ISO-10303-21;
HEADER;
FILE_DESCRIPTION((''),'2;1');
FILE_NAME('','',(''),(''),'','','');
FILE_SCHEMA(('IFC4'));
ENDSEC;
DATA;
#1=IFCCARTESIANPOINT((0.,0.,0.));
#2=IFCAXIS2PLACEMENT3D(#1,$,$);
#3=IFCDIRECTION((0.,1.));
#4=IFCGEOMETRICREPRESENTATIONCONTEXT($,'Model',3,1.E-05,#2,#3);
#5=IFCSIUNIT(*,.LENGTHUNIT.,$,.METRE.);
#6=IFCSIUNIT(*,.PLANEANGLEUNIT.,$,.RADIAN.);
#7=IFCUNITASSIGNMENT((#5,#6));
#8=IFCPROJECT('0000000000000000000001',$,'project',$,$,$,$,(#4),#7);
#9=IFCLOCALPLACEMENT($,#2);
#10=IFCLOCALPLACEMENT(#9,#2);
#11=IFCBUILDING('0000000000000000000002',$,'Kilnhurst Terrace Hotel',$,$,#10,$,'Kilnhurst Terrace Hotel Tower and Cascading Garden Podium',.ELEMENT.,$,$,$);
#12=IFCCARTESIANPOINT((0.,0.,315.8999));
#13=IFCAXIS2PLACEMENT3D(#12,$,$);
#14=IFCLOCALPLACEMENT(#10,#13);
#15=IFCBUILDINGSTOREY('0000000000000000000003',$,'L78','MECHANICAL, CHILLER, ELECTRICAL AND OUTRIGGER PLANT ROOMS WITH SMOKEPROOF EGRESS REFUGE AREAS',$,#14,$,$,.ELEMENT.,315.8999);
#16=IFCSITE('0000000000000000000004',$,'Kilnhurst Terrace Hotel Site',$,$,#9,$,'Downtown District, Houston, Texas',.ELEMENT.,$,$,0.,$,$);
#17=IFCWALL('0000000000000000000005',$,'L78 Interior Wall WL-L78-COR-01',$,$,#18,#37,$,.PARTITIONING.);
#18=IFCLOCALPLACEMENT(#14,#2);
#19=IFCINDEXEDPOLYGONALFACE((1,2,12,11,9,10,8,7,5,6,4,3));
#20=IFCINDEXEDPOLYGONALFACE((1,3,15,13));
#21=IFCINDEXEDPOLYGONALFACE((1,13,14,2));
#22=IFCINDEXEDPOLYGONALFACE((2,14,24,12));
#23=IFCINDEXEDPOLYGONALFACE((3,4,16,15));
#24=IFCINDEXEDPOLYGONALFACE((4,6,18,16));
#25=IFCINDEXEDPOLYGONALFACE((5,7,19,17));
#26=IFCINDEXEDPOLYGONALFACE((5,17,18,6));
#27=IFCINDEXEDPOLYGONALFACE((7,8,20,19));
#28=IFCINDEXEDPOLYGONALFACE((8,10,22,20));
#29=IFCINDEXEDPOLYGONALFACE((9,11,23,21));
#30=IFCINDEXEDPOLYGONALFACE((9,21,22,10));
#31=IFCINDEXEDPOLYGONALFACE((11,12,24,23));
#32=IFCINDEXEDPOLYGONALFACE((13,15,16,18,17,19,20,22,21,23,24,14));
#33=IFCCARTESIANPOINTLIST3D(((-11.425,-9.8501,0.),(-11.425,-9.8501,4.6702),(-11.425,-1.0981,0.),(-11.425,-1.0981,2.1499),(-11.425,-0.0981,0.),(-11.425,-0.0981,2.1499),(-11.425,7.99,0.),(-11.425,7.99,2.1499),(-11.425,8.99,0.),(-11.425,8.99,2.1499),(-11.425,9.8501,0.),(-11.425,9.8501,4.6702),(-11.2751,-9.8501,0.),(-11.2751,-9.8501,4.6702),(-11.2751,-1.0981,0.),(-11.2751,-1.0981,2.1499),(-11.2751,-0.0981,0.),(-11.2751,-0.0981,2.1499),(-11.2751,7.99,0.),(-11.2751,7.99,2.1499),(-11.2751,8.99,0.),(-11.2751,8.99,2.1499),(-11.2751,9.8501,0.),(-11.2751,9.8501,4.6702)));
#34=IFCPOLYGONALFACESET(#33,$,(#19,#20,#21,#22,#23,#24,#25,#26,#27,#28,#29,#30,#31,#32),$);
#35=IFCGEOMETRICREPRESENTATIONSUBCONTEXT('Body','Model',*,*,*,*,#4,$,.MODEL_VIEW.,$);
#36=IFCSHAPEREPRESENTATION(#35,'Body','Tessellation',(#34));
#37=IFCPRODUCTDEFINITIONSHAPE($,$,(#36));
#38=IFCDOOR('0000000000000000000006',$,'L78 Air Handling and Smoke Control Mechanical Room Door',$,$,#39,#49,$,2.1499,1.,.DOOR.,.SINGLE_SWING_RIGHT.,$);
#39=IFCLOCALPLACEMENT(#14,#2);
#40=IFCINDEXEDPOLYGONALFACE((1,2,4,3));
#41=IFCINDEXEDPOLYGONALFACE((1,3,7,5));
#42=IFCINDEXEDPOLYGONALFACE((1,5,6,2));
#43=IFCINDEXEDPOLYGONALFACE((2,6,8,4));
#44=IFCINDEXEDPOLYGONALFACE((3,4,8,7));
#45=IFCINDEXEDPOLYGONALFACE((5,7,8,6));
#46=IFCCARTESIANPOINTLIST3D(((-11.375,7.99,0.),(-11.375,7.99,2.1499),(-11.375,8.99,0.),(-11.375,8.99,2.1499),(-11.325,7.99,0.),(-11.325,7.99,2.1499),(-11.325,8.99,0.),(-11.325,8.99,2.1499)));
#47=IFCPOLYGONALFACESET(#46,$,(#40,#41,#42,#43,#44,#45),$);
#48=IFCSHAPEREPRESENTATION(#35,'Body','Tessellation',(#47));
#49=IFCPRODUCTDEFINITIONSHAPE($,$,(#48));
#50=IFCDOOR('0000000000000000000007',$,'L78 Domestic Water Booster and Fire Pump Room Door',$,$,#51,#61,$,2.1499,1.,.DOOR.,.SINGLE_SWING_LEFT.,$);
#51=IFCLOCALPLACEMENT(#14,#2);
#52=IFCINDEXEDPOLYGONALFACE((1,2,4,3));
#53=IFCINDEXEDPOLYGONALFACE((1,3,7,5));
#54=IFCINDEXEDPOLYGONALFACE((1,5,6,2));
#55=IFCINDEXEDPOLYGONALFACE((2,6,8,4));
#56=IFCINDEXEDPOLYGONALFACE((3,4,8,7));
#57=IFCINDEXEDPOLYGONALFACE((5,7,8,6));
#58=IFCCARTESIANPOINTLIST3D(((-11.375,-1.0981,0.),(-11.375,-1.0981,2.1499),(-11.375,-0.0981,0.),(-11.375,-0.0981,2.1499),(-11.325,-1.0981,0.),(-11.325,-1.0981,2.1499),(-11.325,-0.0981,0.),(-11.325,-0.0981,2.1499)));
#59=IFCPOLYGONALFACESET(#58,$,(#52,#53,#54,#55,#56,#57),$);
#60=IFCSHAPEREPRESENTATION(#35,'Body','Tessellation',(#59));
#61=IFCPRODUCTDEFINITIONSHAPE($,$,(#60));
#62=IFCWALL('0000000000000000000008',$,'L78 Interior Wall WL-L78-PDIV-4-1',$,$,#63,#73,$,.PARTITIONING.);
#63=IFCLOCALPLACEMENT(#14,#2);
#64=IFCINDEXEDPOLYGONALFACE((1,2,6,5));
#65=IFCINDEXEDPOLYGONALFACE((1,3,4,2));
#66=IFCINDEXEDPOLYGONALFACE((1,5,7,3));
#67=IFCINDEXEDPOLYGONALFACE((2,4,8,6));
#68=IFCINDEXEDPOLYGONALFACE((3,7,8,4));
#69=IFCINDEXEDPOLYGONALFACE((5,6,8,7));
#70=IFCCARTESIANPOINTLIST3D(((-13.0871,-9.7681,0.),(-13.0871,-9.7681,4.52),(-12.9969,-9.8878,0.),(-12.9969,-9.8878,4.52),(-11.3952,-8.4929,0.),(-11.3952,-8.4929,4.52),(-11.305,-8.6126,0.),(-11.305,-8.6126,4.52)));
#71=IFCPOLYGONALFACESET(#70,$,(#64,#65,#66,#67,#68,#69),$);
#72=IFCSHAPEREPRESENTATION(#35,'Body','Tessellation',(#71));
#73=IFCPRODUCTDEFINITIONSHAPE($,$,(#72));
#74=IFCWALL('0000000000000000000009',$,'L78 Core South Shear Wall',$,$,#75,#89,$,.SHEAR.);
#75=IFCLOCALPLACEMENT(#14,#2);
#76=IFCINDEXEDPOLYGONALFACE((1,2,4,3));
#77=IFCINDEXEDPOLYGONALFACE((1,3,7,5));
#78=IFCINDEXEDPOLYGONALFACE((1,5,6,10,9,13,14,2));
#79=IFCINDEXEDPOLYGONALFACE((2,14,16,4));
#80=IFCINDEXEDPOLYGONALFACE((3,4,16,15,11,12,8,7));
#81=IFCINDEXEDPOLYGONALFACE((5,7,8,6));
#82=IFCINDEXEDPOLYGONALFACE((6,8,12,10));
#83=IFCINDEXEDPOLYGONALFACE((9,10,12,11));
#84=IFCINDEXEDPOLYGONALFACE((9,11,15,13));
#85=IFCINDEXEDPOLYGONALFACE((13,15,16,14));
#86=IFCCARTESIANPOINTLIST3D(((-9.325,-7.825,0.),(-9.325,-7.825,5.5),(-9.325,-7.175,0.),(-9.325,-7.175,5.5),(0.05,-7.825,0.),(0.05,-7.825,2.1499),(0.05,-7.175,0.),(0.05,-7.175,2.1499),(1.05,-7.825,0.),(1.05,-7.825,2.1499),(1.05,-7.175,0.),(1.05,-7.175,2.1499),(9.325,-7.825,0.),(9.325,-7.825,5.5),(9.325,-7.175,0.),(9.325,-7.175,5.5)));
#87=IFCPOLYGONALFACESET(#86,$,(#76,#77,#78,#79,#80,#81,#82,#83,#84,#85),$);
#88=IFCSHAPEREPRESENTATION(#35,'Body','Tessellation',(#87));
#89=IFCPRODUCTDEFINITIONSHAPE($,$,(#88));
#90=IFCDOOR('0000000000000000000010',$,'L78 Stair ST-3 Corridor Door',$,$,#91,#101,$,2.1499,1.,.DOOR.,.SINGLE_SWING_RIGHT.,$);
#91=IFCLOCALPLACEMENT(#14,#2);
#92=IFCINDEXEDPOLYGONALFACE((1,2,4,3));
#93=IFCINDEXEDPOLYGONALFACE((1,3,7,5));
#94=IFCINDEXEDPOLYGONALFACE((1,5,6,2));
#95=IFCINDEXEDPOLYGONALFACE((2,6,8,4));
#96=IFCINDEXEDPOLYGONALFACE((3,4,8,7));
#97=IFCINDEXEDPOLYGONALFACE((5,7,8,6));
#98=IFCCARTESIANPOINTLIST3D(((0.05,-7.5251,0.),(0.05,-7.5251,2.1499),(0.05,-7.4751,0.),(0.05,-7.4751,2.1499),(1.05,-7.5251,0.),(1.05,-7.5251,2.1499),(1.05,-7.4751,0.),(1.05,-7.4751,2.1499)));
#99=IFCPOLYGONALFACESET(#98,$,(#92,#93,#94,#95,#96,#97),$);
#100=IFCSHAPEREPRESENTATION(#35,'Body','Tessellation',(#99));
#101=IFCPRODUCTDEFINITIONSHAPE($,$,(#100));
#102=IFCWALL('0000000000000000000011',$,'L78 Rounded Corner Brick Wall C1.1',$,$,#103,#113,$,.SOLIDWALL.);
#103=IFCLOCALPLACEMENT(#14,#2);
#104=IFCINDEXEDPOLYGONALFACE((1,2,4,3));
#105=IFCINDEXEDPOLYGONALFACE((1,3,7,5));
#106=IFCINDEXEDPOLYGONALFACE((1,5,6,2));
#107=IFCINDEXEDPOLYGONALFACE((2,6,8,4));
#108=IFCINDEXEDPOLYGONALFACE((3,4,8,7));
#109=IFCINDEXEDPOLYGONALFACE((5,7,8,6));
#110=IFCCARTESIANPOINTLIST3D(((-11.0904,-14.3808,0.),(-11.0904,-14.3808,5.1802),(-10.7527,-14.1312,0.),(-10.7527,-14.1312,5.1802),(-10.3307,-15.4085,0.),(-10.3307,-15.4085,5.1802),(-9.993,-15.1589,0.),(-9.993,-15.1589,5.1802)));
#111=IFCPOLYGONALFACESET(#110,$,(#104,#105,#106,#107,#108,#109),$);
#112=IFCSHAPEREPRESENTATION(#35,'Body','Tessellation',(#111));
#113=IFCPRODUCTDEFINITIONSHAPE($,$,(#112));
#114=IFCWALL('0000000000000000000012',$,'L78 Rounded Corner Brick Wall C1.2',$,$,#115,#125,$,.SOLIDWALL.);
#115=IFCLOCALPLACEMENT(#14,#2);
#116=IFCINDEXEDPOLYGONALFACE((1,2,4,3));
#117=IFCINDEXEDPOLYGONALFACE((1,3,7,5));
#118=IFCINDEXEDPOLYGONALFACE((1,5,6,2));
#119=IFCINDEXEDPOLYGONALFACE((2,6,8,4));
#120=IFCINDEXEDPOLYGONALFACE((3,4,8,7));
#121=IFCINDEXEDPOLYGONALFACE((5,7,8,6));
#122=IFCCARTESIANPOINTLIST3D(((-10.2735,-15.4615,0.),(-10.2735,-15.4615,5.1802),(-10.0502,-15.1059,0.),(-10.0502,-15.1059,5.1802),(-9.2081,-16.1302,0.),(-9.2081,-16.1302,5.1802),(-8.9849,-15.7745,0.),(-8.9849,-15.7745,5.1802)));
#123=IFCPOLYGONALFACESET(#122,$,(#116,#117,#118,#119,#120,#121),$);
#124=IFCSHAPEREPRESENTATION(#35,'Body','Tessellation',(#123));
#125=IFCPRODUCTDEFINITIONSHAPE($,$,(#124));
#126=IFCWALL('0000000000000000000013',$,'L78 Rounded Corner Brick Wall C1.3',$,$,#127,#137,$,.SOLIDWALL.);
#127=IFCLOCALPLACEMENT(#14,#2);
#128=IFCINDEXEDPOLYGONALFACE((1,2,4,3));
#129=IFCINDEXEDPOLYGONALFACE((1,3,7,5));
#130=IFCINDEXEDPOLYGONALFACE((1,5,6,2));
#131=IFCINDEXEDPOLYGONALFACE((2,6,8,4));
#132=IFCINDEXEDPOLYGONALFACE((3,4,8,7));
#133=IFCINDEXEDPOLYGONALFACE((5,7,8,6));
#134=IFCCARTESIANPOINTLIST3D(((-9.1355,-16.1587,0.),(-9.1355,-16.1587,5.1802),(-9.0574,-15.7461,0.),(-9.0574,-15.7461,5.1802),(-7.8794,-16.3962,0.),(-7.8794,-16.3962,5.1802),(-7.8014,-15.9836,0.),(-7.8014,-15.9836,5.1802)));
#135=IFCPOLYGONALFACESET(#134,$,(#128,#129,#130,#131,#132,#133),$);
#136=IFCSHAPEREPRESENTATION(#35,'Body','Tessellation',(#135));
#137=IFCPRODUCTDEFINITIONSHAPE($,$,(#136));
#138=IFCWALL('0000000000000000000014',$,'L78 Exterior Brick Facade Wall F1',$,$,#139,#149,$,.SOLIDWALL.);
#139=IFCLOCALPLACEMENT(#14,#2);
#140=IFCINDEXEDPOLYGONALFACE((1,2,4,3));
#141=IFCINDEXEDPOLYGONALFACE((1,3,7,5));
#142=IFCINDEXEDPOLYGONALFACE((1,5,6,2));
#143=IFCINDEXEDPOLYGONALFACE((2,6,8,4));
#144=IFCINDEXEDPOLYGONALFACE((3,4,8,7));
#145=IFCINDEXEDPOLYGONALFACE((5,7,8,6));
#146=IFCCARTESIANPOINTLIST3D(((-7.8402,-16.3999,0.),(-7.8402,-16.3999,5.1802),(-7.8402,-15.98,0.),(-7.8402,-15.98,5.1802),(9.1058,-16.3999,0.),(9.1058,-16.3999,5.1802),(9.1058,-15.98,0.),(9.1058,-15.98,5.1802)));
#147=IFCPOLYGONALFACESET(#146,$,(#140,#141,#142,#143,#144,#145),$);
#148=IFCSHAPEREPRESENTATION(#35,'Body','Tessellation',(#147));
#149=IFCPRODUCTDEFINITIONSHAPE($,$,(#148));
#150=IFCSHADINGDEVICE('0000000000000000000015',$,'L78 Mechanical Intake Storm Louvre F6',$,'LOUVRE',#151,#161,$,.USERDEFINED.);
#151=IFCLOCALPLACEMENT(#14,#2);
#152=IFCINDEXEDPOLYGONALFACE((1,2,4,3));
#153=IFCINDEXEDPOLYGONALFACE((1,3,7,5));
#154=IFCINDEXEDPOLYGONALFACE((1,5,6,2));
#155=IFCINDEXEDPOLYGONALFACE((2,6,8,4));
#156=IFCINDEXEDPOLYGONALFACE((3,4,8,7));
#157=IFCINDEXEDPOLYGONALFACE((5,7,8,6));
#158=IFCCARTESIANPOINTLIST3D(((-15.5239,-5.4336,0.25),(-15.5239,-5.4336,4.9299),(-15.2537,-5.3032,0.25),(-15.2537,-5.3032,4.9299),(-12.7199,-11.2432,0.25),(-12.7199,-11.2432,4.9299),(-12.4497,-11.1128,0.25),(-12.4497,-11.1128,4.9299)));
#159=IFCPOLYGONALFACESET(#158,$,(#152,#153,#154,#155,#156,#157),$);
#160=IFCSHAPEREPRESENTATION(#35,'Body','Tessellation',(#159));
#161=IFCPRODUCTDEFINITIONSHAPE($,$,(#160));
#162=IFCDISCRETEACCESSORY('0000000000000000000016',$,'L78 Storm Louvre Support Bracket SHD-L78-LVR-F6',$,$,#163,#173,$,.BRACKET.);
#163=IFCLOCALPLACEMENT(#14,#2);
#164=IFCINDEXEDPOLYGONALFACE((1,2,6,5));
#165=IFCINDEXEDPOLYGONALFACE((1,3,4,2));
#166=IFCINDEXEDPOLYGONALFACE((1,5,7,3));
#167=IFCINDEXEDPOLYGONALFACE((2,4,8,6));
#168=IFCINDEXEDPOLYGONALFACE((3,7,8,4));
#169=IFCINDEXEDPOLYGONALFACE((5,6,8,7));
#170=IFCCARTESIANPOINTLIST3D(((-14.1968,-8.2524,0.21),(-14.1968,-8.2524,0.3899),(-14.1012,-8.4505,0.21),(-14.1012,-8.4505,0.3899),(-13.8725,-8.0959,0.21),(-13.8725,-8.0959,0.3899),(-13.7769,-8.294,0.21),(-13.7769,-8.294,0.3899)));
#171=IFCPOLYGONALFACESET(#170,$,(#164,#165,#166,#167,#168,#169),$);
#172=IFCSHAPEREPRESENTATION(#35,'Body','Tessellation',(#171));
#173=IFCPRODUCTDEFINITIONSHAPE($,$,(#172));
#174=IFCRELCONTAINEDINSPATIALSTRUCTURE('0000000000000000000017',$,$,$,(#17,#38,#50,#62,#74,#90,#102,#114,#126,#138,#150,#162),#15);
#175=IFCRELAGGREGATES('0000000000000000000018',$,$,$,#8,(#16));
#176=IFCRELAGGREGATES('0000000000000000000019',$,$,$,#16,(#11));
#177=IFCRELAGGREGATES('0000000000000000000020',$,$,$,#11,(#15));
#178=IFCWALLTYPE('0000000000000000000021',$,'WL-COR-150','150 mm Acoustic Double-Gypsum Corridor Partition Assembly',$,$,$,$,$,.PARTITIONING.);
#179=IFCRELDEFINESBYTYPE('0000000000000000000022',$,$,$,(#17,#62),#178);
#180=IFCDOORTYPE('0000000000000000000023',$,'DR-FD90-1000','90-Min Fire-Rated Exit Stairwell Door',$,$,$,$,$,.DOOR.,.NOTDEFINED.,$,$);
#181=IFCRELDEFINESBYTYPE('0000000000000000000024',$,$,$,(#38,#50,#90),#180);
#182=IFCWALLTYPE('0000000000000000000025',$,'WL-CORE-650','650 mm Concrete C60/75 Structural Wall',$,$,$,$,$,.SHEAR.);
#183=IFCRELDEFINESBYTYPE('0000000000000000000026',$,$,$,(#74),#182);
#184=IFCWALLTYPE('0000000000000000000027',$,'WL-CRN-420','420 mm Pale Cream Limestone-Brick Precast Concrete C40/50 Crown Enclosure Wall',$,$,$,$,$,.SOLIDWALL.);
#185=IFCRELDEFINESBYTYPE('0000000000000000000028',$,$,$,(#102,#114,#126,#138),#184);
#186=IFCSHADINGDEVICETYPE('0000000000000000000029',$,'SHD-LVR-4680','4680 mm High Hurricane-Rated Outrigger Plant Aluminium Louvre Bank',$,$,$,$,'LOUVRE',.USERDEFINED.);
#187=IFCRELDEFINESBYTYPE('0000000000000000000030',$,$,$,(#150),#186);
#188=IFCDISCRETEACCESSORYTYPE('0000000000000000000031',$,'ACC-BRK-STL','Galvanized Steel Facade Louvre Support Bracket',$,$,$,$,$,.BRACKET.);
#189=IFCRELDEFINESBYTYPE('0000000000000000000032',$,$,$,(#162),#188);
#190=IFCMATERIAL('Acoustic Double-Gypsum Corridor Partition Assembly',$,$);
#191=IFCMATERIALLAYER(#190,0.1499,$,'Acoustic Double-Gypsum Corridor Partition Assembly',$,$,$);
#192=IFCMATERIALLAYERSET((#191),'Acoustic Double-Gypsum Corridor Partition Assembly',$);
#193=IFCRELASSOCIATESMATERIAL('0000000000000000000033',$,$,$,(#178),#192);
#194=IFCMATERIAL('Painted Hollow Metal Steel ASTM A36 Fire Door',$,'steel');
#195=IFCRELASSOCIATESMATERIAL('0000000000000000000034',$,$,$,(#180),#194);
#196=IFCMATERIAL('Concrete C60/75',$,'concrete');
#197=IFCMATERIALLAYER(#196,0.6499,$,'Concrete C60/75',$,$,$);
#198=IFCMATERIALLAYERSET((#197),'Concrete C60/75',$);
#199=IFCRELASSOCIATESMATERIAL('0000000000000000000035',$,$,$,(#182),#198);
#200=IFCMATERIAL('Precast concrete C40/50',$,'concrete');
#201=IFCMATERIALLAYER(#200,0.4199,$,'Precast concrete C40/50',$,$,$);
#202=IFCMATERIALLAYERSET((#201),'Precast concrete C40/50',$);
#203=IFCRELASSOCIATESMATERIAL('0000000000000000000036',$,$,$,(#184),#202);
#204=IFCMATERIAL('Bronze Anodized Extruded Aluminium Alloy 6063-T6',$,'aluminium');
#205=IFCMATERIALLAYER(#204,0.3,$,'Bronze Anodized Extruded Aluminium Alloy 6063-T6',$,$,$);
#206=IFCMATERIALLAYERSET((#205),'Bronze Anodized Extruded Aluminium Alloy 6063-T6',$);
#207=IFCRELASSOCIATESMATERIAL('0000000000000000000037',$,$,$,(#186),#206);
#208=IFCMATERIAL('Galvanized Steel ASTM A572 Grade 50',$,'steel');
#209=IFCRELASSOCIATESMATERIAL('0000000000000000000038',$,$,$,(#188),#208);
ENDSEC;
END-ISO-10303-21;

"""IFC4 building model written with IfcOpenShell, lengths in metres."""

from ifc_helpers import new_model, si_unit, direction, frame, frame_2d, origin, origin_2d, place, context, subcontext, project, spatial, rectangle, extrude, material, layer, layer_set, type_object, element, fill, save


model = new_model("IFC4")

# Units and contexts
model_context = context("Model", 3, precision=1e-05, world=origin(), true_north=direction((0.0, 1.0)))
body_context = subcontext(model_context, "Body", "Model", "MODEL_VIEW")
ifc_project = project(units=[si_unit("LENGTHUNIT", "METRE"), si_unit("PLANEANGLEUNIT", "RADIAN")], contexts=[model_context])

# Site, building, storey
site_placement = place(None, origin())
site = spatial("IfcSite", under=ifc_project, at=site_placement, Name="Kilnhurst Terrace Hotel Site", LongName="Downtown District, Houston, Texas", CompositionType="ELEMENT", RefElevation=0.0)
building_placement = place(site_placement, origin())
building = spatial("IfcBuilding", under=site, at=building_placement, Name="Kilnhurst Terrace Hotel", LongName="Kilnhurst Terrace Hotel Tower and Cascading Garden Podium", CompositionType="ELEMENT")
storey_placement = place(building_placement, frame((0.0, 0.0, 315.8999)))
storey = spatial("IfcBuildingStorey", under=building, at=storey_placement, Name="L78", Description="MECHANICAL, CHILLER, ELECTRICAL AND OUTRIGGER PLANT ROOMS WITH SMOKEPROOF EGRESS REFUGE AREAS", CompositionType="ELEMENT", Elevation=315.8999)

# Shared definitions
ifc_material_1 = material(Name="Concrete C60/75", Category="concrete")

# Wall, openings, doors
ifc_material_2 = material(Name="Acoustic Double-Gypsum Corridor Partition Assembly")
ifc_layer_1 = layer(ifc_material_2, 0.1499, Name="Acoustic Double-Gypsum Corridor Partition Assembly")
ifc_layer_set_1 = layer_set([ifc_layer_1], Name="Acoustic Double-Gypsum Corridor Partition Assembly")
wall_type_1 = type_object("IfcWallType", Name="WL-COR-150", Description="150 mm Acoustic Double-Gypsum Corridor Partition Assembly", PredefinedType="PARTITIONING", material=ifc_layer_set_1)
wall_1_placement = place(storey_placement, frame((-11.3501, -9.8501, 0.0), z_axis=(0.0, 0.0, 1.0), x_axis=(0.0, 1.0, 0.0)))
wall_1 = element("IfcWall", 1, at=wall_1_placement, inside=storey, type_object=wall_type_1, Name="L78 Interior Wall WL-L78-COR-01", PredefinedType="PARTITIONING", context=body_context, shape_type="SweptSolid", body=[
    extrude(rectangle(XDim=19.7002, YDim=0.1499, at=frame_2d((9.8501, 0.0))), origin(), (0.0, 0.0, 1.0), 4.6702),
])
opening_1_placement = place(wall_1_placement, frame((17.8401, 0.0, 0.0)))
opening_1 = element("IfcOpeningElement", 2, at=opening_1_placement, cuts=wall_1, PredefinedType="OPENING", context=body_context, shape_type="SweptSolid", body=[
    extrude(rectangle(XDim=1.0, YDim=2.1499, at=frame_2d((0.5, 1.075))), frame((0.0, 0.085, 0.0), z_axis=(0.0, -1.0, 0.0), x_axis=(1.0, 0.0, 0.0)), (0.0, 0.0, 1.0), 0.1699),
])
opening_2_placement = place(wall_1_placement, frame((8.752, 0.0, 0.0)))
opening_2 = element("IfcOpeningElement", 3, at=opening_2_placement, cuts=wall_1, PredefinedType="OPENING", context=body_context, shape_type="SweptSolid", body=[
    extrude(rectangle(XDim=1.0, YDim=2.1499, at=frame_2d((0.5, 1.075))), frame((0.0, 0.085, 0.0), z_axis=(0.0, -1.0, 0.0), x_axis=(1.0, 0.0, 0.0)), (0.0, 0.0, 1.0), 0.1699),
])
ifc_material_3 = material(Name="Painted Hollow Metal Steel ASTM A36 Fire Door", Category="steel")
door_type = type_object("IfcDoorType", Name="DR-FD90-1000", Description="90-Min Fire-Rated Exit Stairwell Door", OperationType="NOTDEFINED", PredefinedType="DOOR", material=ifc_material_3)
door_1_placement = place(opening_1_placement, origin())
door_1 = element("IfcDoor", 4, at=door_1_placement, inside=storey, type_object=door_type, Name="L78 Air Handling and Smoke Control Mechanical Room Door", OperationType="SINGLE_SWING_RIGHT", OverallHeight=2.1499, OverallWidth=1.0, PredefinedType="DOOR", context=body_context, shape_type="SweptSolid", body=[
    extrude(rectangle(XDim=1.0, YDim=2.1499, at=frame_2d((0.5, 1.075))), frame((0.0, 0.0249, 0.0), z_axis=(0.0, -1.0, 0.0), x_axis=(1.0, 0.0, 0.0)), (0.0, 0.0, 1.0), 0.05),
])
fill(opening_1, door_1)
door_2_placement = place(opening_2_placement, origin())
door_2 = element("IfcDoor", 5, at=door_2_placement, inside=storey, type_object=door_type, Name="L78 Domestic Water Booster and Fire Pump Room Door", OperationType="SINGLE_SWING_LEFT", OverallHeight=2.1499, OverallWidth=1.0, PredefinedType="DOOR", context=body_context, shape_type="SweptSolid", body=[
    extrude(rectangle(XDim=1.0, YDim=2.1499, at=frame_2d((0.5, 1.075))), frame((0.0, 0.0249, 0.0), z_axis=(0.0, -1.0, 0.0), x_axis=(1.0, 0.0, 0.0)), (0.0, 0.0, 1.0), 0.05),
])
fill(opening_2, door_2)

# Wall
wall_2_placement = place(storey_placement, frame((-11.3501, -8.5527, 0.0), z_axis=(0.0, 0.0, 1.0), x_axis=(-0.798587, -0.601879, 0.0)))
element("IfcWall", 6, at=wall_2_placement, inside=storey, type_object=wall_type_1, Name="L78 Interior Wall WL-L78-PDIV-4-1", PredefinedType="PARTITIONING", context=body_context, shape_type="SweptSolid", body=[
    extrude(rectangle(XDim=2.1187, YDim=0.1499, at=frame_2d((1.0593, 0.0))), origin(), (0.0, 0.0, 1.0), 4.52),
])

# Wall, opening, door
ifc_layer_2 = layer(ifc_material_1, 0.6499, Name="Concrete C60/75")
ifc_layer_set_2 = layer_set([ifc_layer_2], Name="Concrete C60/75")
wall_type_2 = type_object("IfcWallType", Name="WL-CORE-650", Description="650 mm Concrete C60/75 Structural Wall", PredefinedType="SHEAR", material=ifc_layer_set_2)
wall_3_placement = place(storey_placement, frame((-9.325, -7.5, 0.0), z_axis=(0.0, 0.0, 1.0), x_axis=(1.0, 0.0, 0.0)))
wall_3 = element("IfcWall", 7, at=wall_3_placement, inside=storey, type_object=wall_type_2, Name="L78 Core South Shear Wall", PredefinedType="SHEAR", context=body_context, shape_type="SweptSolid", body=[
    extrude(rectangle(XDim=18.6499, YDim=0.6499, at=frame_2d((9.325, 0.0))), origin(), (0.0, 0.0, 1.0), 5.5),
])
opening_3_placement = place(wall_3_placement, frame((9.375, 0.0, 0.0)))
opening_3 = element("IfcOpeningElement", 8, at=opening_3_placement, cuts=wall_3, PredefinedType="OPENING", context=body_context, shape_type="SweptSolid", body=[
    extrude(rectangle(XDim=1.0, YDim=2.1499, at=frame_2d((0.5, 1.075))), frame((0.0, 0.335, 0.0), z_axis=(0.0, -1.0, 0.0), x_axis=(1.0, 0.0, 0.0)), (0.0, 0.0, 1.0), 0.6699),
])
door_3_placement = place(opening_3_placement, origin())
door_3 = element("IfcDoor", 9, at=door_3_placement, inside=storey, type_object=door_type, Name="L78 Stair ST-3 Corridor Door", OperationType="SINGLE_SWING_RIGHT", OverallHeight=2.1499, OverallWidth=1.0, PredefinedType="DOOR", context=body_context, shape_type="SweptSolid", body=[
    extrude(rectangle(XDim=1.0, YDim=2.1499, at=frame_2d((0.5, 1.075))), frame((0.0, 0.0249, 0.0), z_axis=(0.0, -1.0, 0.0), x_axis=(1.0, 0.0, 0.0)), (0.0, 0.0, 1.0), 0.05),
])
fill(opening_3, door_3)

# Walls
ifc_material_4 = material(Name="Precast concrete C40/50", Category="concrete")
ifc_layer_3 = layer(ifc_material_4, 0.4199, Name="Precast concrete C40/50")
ifc_layer_set_3 = layer_set([ifc_layer_3], Name="Precast concrete C40/50")
wall_type_3 = type_object("IfcWallType", Name="WL-CRN-420", Description="420 mm Pale Cream Limestone-Brick Precast Concrete C40/50 Crown Enclosure Wall", PredefinedType="SOLIDWALL", material=ifc_layer_set_3)
wall_4_placement = place(storey_placement, frame((-10.9216, -14.2559, 0.0), z_axis=(0.0, 0.0, 1.0), x_axis=(0.594423, -0.804152, 0.0)))
element("IfcWall", 10, at=wall_4_placement, inside=storey, type_object=wall_type_3, Name="L78 Rounded Corner Brick Wall C1.1", PredefinedType="SOLIDWALL", context=body_context, shape_type="SweptSolid", body=[
    extrude(rectangle(XDim=1.2781, YDim=0.4199, at=frame_2d((0.6392, 0.0))), origin(), (0.0, 0.0, 1.0), 5.1802),
])
wall_5_placement = place(storey_placement, frame((-10.1619, -15.2837, 0.0), z_axis=(0.0, 0.0, 1.0), x_axis=(0.846994, -0.531603, 0.0)))
element("IfcWall", 11, at=wall_5_placement, inside=storey, type_object=wall_type_3, Name="L78 Rounded Corner Brick Wall C1.2", PredefinedType="SOLIDWALL", context=body_context, shape_type="SweptSolid", body=[
    extrude(rectangle(XDim=1.2578, YDim=0.4199, at=frame_2d((0.6289, 0.0))), origin(), (0.0, 0.0, 1.0), 5.1802),
])
wall_6_placement = place(storey_placement, frame((-9.0964, -15.9524, 0.0), z_axis=(0.0, 0.0, 1.0), x_axis=(0.982583, -0.185822, 0.0)))
element("IfcWall", 12, at=wall_6_placement, inside=storey, type_object=wall_type_3, Name="L78 Rounded Corner Brick Wall C1.3", PredefinedType="SOLIDWALL", context=body_context, shape_type="SweptSolid", body=[
    extrude(rectangle(XDim=1.2783, YDim=0.4199, at=frame_2d((0.6392, 0.0))), origin(), (0.0, 0.0, 1.0), 5.1802),
])
wall_7_placement = place(storey_placement, frame((-7.8403, -16.1899, 0.0), z_axis=(0.0, 0.0, 1.0), x_axis=(1.0, 0.0, 0.0)))
element("IfcWall", 13, at=wall_7_placement, inside=storey, type_object=wall_type_3, Name="L78 Exterior Brick Facade Wall F1", PredefinedType="SOLIDWALL", context=body_context, shape_type="SweptSolid", body=[
    extrude(rectangle(XDim=16.946, YDim=0.4199, at=frame_2d((8.4731, 0.0))), origin(), (0.0, 0.0, 1.0), 5.1802),
])

# Shading device
ifc_material_5 = material(Name="Bronze Anodized Extruded Aluminium Alloy 6063-T6", Category="aluminium")
ifc_layer_4 = layer(ifc_material_5, 0.3, Name="Bronze Anodized Extruded Aluminium Alloy 6063-T6")
ifc_layer_set_4 = layer_set([ifc_layer_4], Name="Bronze Anodized Extruded Aluminium Alloy 6063-T6")
shading_device_type = type_object("IfcShadingDeviceType", Name="SHD-LVR-4680", Description="4680 mm High Hurricane-Rated Outrigger Plant Aluminium Louvre Bank", ElementType="LOUVRE", PredefinedType="USERDEFINED", material=ifc_layer_set_4)
shading_device_placement = place(storey_placement, frame((-13.9868, -8.2732, 0.25), z_axis=(0.0, 0.0, 1.0), x_axis=(0.434665, -0.900592, 0.0)))
element("IfcShadingDevice", 14, at=shading_device_placement, inside=storey, type_object=shading_device_type, Name="L78 Mechanical Intake Storm Louvre F6", ObjectType="LOUVRE", PredefinedType="USERDEFINED", context=body_context, shape_type="SweptSolid", body=[
    extrude(rectangle(XDim=6.4509, YDim=0.3, at=origin_2d()), origin(), (0.0, 0.0, 1.0), 4.6799),
])

# Discrete accessory
ifc_material_6 = material(Name="Galvanized Steel ASTM A572 Grade 50", Category="steel")
discrete_accessory_type = type_object("IfcDiscreteAccessoryType", Name="ACC-BRK-STL", Description="Galvanized Steel Facade Louvre Support Bracket", PredefinedType="BRACKET", material=ifc_material_6)
discrete_accessory_placement = place(storey_placement, frame((-13.9868, -8.2732, 0.21), z_axis=(0.0, 0.0, 1.0), x_axis=(0.434665, -0.900592, 0.0)))
element("IfcDiscreteAccessory", 15, at=discrete_accessory_placement, inside=storey, type_object=discrete_accessory_type, Name="L78 Storm Louvre Support Bracket SHD-L78-LVR-F6", PredefinedType="BRACKET", context=body_context, shape_type="SweptSolid", body=[
    extrude(rectangle(XDim=0.22, YDim=0.3601, at=origin_2d()), origin(), (0.0, 0.0, 1.0), 0.1799),
])

save(model, "model.ifc")
